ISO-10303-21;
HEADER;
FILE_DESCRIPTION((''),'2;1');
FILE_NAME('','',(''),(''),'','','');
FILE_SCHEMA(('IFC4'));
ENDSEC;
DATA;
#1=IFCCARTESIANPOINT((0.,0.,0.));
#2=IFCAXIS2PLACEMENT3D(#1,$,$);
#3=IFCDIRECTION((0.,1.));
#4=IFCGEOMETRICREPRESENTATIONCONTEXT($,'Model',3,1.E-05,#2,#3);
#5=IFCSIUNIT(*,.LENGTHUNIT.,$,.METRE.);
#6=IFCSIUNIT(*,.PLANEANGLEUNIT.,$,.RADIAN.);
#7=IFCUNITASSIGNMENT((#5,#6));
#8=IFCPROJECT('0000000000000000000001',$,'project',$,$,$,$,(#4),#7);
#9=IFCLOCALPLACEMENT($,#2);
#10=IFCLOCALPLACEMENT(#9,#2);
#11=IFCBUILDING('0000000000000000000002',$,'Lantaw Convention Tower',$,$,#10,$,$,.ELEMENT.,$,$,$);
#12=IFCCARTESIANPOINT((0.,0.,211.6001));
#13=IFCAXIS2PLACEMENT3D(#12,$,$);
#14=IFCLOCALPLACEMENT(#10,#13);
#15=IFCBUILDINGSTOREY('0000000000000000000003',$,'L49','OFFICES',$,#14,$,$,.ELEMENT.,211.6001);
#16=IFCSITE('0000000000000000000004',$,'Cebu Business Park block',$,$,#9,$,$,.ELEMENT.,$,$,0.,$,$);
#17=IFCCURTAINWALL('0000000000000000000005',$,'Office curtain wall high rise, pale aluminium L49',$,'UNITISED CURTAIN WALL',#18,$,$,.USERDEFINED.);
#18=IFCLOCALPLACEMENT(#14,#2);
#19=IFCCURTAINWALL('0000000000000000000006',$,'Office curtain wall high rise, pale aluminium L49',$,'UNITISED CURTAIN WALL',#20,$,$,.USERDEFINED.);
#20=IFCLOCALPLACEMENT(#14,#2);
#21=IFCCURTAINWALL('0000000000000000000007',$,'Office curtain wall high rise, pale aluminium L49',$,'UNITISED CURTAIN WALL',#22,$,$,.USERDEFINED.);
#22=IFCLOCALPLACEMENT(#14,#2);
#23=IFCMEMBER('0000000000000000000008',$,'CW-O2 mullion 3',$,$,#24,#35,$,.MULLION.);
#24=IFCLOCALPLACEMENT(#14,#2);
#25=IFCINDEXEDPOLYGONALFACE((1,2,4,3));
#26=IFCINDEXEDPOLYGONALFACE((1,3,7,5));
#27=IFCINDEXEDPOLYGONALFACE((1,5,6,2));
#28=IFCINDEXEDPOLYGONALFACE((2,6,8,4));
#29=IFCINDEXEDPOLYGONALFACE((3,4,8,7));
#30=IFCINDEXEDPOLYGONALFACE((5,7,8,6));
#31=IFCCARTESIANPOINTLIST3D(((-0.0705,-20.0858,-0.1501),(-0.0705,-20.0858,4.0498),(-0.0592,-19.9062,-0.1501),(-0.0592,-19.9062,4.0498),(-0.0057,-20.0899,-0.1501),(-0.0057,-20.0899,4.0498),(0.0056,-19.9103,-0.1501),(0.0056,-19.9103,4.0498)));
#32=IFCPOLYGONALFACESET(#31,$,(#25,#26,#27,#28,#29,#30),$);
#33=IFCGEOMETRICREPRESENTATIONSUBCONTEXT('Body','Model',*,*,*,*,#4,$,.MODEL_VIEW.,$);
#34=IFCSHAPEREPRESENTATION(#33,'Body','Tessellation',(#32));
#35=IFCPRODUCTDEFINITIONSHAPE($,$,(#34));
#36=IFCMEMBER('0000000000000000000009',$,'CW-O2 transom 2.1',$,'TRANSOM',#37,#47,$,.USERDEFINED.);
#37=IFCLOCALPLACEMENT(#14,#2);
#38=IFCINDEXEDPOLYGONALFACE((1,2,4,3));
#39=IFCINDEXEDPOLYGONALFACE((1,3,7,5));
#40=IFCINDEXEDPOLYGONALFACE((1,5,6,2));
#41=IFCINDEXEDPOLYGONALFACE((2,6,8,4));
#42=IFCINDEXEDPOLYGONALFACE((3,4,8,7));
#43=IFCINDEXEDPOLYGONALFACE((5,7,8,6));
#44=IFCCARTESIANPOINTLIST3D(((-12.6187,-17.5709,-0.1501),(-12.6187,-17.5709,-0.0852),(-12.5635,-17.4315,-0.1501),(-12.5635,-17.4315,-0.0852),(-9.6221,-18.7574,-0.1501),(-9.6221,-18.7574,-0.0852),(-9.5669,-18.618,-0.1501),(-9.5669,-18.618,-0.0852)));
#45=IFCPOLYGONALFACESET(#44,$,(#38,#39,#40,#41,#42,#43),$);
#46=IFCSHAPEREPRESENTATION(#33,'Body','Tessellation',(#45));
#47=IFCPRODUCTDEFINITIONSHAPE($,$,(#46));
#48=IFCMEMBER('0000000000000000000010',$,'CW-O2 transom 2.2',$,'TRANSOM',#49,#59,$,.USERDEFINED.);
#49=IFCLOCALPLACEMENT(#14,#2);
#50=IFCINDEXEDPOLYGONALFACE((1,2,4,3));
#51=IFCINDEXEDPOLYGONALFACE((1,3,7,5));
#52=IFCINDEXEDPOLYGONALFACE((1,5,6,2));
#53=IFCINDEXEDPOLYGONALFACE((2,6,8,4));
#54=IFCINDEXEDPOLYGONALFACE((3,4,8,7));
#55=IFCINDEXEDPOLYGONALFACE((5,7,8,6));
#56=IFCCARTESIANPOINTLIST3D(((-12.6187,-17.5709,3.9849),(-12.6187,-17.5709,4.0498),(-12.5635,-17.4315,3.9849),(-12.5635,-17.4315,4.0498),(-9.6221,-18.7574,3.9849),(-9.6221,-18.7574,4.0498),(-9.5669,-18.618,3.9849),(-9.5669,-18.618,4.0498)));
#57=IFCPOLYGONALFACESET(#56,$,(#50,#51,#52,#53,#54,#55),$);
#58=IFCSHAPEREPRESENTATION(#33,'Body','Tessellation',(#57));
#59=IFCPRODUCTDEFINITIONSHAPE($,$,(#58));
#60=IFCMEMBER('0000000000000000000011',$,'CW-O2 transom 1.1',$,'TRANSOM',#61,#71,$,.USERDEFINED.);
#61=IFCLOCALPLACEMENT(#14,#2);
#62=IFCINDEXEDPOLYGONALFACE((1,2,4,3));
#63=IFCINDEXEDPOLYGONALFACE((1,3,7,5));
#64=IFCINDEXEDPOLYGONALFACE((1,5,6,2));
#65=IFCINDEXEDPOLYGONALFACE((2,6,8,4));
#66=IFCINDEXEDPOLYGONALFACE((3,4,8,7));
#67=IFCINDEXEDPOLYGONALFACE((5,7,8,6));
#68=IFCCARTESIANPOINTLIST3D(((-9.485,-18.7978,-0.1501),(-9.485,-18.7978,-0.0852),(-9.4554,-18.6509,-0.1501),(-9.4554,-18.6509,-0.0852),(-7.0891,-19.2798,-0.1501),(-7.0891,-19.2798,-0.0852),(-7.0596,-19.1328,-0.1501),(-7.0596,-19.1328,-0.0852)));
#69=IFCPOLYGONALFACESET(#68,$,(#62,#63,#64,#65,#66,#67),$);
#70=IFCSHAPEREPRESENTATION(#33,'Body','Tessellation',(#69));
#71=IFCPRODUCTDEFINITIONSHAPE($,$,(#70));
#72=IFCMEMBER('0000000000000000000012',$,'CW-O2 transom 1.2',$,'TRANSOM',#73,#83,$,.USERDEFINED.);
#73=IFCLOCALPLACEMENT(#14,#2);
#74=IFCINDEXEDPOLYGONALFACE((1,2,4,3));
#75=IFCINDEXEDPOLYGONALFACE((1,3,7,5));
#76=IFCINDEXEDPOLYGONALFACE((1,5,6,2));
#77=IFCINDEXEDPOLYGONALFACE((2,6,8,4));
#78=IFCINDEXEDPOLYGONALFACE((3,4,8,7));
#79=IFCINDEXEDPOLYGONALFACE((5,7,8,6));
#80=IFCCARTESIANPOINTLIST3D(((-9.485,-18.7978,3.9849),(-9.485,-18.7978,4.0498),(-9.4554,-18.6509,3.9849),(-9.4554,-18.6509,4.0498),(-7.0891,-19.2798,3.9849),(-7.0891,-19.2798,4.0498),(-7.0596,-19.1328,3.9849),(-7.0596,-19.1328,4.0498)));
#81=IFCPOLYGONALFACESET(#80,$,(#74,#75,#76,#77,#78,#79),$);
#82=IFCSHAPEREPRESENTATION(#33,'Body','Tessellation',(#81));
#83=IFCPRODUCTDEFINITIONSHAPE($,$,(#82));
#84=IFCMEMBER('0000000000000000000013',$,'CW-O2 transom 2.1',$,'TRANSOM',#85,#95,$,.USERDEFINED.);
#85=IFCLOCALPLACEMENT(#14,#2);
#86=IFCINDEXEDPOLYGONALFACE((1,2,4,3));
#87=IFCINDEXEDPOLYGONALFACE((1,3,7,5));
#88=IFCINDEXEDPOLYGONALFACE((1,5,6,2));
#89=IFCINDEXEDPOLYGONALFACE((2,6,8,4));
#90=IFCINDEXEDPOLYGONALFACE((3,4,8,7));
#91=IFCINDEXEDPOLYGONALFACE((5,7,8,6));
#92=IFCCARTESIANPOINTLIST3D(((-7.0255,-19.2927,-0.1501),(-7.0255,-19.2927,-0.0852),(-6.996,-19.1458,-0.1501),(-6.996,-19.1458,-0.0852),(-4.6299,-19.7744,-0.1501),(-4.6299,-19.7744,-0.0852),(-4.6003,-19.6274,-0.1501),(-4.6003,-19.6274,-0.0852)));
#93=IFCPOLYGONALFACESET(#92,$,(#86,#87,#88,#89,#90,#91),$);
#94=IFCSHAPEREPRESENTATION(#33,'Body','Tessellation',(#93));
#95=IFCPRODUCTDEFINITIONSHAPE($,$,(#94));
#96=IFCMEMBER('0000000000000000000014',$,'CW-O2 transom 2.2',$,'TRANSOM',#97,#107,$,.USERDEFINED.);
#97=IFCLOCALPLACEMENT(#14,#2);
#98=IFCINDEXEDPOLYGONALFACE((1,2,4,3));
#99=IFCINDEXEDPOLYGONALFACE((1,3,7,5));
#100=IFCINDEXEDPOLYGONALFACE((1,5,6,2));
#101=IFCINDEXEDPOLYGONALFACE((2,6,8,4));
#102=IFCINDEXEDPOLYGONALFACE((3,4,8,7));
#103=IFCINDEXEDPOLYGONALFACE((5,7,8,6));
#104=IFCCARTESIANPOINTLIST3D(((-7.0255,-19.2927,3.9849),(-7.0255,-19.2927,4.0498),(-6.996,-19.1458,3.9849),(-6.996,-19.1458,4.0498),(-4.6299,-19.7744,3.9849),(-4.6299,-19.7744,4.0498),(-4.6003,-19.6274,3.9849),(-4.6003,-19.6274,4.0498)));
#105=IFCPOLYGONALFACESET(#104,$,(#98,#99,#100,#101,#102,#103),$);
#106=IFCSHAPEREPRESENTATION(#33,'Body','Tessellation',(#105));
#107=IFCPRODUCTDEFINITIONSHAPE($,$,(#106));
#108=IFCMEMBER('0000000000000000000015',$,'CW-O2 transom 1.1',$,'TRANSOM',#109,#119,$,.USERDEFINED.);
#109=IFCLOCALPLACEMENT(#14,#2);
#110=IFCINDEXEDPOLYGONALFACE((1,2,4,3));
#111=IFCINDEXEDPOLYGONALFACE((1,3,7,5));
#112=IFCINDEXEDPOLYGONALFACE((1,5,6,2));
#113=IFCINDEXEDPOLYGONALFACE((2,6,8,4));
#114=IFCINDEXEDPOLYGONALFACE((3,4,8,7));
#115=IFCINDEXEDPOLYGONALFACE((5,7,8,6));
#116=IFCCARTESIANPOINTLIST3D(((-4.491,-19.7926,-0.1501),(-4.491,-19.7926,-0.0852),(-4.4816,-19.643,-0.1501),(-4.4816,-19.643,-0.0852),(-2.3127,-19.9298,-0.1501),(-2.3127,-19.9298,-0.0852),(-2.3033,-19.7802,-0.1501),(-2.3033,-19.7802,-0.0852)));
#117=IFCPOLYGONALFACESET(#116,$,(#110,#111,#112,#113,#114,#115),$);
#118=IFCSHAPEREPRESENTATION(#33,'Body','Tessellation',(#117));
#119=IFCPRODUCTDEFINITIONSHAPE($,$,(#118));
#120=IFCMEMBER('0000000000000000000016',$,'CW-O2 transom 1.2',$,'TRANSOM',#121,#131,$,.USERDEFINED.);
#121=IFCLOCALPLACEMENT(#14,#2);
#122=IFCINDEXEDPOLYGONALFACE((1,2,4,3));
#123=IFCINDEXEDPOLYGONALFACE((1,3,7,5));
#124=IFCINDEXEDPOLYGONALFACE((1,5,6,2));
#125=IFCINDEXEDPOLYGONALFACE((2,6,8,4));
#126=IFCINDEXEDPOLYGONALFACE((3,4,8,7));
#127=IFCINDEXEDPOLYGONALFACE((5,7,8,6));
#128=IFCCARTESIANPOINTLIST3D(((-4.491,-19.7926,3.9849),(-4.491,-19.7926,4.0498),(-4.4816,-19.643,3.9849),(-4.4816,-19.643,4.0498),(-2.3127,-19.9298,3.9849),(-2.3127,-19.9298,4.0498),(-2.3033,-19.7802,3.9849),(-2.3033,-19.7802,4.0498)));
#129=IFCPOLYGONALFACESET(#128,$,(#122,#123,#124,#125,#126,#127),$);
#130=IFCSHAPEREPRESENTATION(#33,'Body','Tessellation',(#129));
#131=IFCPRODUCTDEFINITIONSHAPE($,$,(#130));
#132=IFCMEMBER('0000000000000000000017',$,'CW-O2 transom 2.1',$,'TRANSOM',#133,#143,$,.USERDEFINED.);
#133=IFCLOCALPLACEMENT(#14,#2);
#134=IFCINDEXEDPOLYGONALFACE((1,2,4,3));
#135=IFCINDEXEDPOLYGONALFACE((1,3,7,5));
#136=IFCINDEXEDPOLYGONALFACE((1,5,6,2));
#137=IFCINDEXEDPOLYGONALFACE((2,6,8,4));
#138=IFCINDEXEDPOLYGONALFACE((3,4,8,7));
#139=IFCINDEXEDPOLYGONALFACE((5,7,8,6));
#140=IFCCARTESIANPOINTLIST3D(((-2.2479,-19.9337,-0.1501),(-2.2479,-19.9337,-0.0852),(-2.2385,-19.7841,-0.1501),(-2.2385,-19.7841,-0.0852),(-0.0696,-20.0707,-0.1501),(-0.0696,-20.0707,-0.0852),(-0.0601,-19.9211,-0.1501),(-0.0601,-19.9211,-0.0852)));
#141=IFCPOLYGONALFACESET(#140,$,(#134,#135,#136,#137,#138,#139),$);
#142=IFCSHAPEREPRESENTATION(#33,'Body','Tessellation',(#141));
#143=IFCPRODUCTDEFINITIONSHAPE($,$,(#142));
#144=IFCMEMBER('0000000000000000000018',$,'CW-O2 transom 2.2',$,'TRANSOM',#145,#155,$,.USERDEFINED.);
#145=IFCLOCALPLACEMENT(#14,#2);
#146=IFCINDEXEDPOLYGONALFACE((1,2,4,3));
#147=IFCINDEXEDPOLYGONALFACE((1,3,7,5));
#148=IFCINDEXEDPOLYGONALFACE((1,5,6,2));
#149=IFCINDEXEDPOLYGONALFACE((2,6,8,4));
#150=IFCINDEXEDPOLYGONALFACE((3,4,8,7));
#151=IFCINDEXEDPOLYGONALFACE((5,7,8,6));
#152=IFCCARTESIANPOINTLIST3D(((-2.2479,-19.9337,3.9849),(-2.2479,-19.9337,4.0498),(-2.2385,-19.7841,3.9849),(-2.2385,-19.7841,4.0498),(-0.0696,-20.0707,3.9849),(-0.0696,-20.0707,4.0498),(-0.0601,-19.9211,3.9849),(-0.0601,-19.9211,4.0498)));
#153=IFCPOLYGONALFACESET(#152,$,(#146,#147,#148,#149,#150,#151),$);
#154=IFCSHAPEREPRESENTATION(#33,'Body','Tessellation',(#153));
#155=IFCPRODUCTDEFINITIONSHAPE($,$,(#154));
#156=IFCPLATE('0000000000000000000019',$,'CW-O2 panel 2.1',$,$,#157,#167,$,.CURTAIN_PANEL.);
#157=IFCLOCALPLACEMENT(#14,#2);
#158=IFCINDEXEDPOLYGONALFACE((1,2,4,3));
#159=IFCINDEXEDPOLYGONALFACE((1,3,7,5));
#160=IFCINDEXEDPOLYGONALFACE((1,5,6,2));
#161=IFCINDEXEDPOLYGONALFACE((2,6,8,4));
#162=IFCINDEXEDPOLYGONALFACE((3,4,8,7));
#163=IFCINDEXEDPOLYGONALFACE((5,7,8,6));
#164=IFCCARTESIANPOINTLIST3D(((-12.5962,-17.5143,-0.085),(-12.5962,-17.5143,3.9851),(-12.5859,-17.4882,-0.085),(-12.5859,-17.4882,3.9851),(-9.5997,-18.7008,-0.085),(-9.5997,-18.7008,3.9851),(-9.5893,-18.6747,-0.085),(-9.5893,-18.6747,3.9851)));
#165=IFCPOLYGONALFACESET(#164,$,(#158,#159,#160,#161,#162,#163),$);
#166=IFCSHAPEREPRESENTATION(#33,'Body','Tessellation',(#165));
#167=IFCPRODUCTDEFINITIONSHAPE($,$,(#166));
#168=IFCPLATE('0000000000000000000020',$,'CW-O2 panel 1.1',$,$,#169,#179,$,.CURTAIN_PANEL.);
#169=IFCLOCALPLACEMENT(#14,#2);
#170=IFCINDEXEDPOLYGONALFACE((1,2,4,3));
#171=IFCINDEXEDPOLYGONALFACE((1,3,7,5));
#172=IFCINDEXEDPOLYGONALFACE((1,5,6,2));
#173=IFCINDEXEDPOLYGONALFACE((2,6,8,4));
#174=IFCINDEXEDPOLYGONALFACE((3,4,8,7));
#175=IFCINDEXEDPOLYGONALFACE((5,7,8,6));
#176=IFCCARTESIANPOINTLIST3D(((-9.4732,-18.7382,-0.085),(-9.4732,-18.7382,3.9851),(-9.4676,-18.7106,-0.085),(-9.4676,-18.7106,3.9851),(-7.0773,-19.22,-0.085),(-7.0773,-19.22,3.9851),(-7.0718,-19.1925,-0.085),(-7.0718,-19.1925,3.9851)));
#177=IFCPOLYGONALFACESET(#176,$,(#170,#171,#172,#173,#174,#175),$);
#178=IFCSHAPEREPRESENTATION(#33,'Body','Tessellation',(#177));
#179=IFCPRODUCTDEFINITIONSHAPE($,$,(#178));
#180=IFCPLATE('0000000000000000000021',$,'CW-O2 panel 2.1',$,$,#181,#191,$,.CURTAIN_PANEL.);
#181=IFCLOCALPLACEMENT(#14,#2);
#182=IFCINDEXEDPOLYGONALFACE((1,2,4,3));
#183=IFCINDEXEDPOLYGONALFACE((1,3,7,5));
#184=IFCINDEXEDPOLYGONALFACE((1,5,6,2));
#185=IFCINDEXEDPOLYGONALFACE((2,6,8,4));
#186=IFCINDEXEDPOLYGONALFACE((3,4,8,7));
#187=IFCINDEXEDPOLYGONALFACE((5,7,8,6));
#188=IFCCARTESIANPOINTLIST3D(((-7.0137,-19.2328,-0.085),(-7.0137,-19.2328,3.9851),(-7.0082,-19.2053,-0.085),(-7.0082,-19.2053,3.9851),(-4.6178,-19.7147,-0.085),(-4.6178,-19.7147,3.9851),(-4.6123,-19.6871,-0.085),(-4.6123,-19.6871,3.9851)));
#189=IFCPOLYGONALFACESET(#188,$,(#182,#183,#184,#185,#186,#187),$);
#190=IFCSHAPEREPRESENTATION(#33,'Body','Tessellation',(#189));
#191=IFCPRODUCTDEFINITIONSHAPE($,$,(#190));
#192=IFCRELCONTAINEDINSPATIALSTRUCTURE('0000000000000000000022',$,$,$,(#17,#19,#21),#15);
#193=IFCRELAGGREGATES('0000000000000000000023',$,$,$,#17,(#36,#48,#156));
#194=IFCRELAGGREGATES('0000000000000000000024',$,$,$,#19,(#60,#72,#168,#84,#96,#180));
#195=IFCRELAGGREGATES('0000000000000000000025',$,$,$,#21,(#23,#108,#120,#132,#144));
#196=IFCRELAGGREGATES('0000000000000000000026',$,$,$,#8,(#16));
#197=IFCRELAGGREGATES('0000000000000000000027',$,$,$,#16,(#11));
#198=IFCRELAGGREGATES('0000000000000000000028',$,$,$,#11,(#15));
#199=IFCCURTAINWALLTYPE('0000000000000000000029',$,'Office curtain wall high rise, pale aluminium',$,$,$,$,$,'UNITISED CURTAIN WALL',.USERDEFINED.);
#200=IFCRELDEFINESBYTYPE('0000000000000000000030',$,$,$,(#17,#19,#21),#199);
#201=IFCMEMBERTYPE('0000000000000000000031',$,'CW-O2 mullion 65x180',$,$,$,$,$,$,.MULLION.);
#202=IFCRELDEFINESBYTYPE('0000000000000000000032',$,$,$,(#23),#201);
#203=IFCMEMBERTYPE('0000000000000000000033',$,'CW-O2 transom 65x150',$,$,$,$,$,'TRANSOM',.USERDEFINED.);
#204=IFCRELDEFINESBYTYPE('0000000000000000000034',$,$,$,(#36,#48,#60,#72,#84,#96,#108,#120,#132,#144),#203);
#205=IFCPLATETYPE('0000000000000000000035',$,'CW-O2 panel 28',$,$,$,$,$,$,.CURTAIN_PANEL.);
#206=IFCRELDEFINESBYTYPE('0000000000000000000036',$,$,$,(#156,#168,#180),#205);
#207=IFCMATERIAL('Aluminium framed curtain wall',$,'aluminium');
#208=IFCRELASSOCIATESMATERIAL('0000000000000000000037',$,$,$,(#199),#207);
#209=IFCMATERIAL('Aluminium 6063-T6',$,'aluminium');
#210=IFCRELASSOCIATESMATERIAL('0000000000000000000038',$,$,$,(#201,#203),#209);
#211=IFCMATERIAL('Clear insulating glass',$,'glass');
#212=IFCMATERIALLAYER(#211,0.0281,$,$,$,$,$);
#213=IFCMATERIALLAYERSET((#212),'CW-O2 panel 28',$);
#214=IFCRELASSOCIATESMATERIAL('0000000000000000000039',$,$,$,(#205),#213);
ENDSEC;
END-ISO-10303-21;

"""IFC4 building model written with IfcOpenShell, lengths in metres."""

from ifc_helpers import new_model, si_unit, direction, frame, origin, origin_2d, place, context, subcontext, project, spatial, rectangle, extrude, material, layer, layer_set, material_profile, profile_set, type_object, element, aggregate, save


model = new_model("IFC4")

# Units and contexts
model_context = context("Model", 3, precision=1e-05, world=origin(), true_north=direction((0.0, 1.0)))
body_context = subcontext(model_context, "Body", "Model", "MODEL_VIEW")
ifc_project = project(units=[si_unit("LENGTHUNIT", "METRE"), si_unit("PLANEANGLEUNIT", "RADIAN")], contexts=[model_context])

# Site, building, storey
site_placement = place(None, origin())
site = spatial("IfcSite", under=ifc_project, at=site_placement, Name="Cebu Business Park block", CompositionType="ELEMENT", RefElevation=0.0)
building_placement = place(site_placement, origin())
building = spatial("IfcBuilding", under=site, at=building_placement, Name="Lantaw Convention Tower", CompositionType="ELEMENT")
storey_placement = place(building_placement, frame((0.0, 0.0, 211.6001)))
storey = spatial("IfcBuildingStorey", under=building, at=storey_placement, Name="L49", Description="OFFICES", CompositionType="ELEMENT", Elevation=211.6001)

# Curtain walls, member
ifc_material_1 = material(Name="Aluminium framed curtain wall", Category="aluminium")
curtain_wall_type = type_object("IfcCurtainWallType", Name="Office curtain wall high rise, pale aluminium", ElementType="UNITISED CURTAIN WALL", PredefinedType="USERDEFINED", material=ifc_material_1)
curtain_wall_1_placement = place(storey_placement, origin())
curtain_wall_1 = element("IfcCurtainWall", 1, at=curtain_wall_1_placement, inside=storey, type_object=curtain_wall_type, Name="Office curtain wall high rise, pale aluminium L49", ObjectType="UNITISED CURTAIN WALL", PredefinedType="USERDEFINED")
ifc_material_2 = material(Name="Aluminium 6063-T6", Category="aluminium")
ifc_material_profile_1 = material_profile(ifc_material_2, rectangle(XDim=0.1799, YDim=0.0649, at=origin_2d()), Name="CW-O2 mullion 65x180")
ifc_profile_set_1 = profile_set([ifc_material_profile_1], Name="Aluminium 6063-T6")
member_type_1 = type_object("IfcMemberType", Name="CW-O2 mullion 65x180", PredefinedType="MULLION", material=ifc_profile_set_1)
curtain_wall_2_placement = place(storey_placement, origin())
curtain_wall_2 = element("IfcCurtainWall", 2, at=curtain_wall_2_placement, inside=storey, type_object=curtain_wall_type, Name="Office curtain wall high rise, pale aluminium L49", ObjectType="UNITISED CURTAIN WALL", PredefinedType="USERDEFINED")
curtain_wall_3_placement = place(storey_placement, origin())
curtain_wall_3 = element("IfcCurtainWall", 3, at=curtain_wall_3_placement, inside=storey, type_object=curtain_wall_type, Name="Office curtain wall high rise, pale aluminium L49", ObjectType="UNITISED CURTAIN WALL", PredefinedType="USERDEFINED")
member_1_placement = place(storey_placement, frame((-0.0325, -19.998, -0.1501), z_axis=(0.0, 0.0, 1.0), x_axis=(0.062758, 0.998029, 0.0)))
member_1 = element("IfcMember", 4, at=member_1_placement, type_object=member_type_1, Name="CW-O2 mullion 3", PredefinedType="MULLION", context=body_context, shape_type="SweptSolid", body=[
    extrude(rectangle(XDim=0.1799, YDim=0.0649, at=origin_2d()), origin(), (0.0, 0.0, 1.0), 4.2),
])

# Members
ifc_material_profile_2 = material_profile(ifc_material_2, rectangle(XDim=0.1499, YDim=0.0649, at=origin_2d()), Name="CW-O2 transom 65x150")
ifc_profile_set_2 = profile_set([ifc_material_profile_2], Name="Aluminium 6063-T6")
member_type_2 = type_object("IfcMemberType", Name="CW-O2 transom 65x150", ElementType="TRANSOM", PredefinedType="USERDEFINED", material=ifc_profile_set_2)
member_2_placement = place(storey_placement, frame((-12.5911, -17.5012, -0.1177), z_axis=(0.929767, -0.368149, 0.0), x_axis=(0.368149, 0.929767, 0.0)))
member_2 = element("IfcMember", 5, at=member_2_placement, type_object=member_type_2, Name="CW-O2 transom 2.1", ObjectType="TRANSOM", PredefinedType="USERDEFINED", context=body_context, shape_type="SweptSolid", body=[
    extrude(rectangle(XDim=0.1499, YDim=0.0649, at=origin_2d()), origin(), (0.0, 0.0, 1.0), 3.2229),
])
member_3_placement = place(storey_placement, frame((-12.5911, -17.5012, 4.0173), z_axis=(0.929767, -0.368149, 0.0), x_axis=(0.368149, 0.929767, 0.0)))
member_3 = element("IfcMember", 6, at=member_3_placement, type_object=member_type_2, Name="CW-O2 transom 2.2", ObjectType="TRANSOM", PredefinedType="USERDEFINED", context=body_context, shape_type="SweptSolid", body=[
    extrude(rectangle(XDim=0.1499, YDim=0.0649, at=origin_2d()), origin(), (0.0, 0.0, 1.0), 3.2229),
])
member_4_placement = place(storey_placement, frame((-9.4702, -18.7244, -0.1177), z_axis=(0.980361, -0.197211, 0.0), x_axis=(0.197211, 0.980361, 0.0)))
member_4 = element("IfcMember", 7, at=member_4_placement, type_object=member_type_2, Name="CW-O2 transom 1.1", ObjectType="TRANSOM", PredefinedType="USERDEFINED", context=body_context, shape_type="SweptSolid", body=[
    extrude(rectangle(XDim=0.1499, YDim=0.0649, at=origin_2d()), origin(), (0.0, 0.0, 1.0), 2.4438),
])
member_5_placement = place(storey_placement, frame((-9.4702, -18.7244, 4.0173), z_axis=(0.980361, -0.197211, 0.0), x_axis=(0.197211, 0.980361, 0.0)))
member_5 = element("IfcMember", 8, at=member_5_placement, type_object=member_type_2, Name="CW-O2 transom 1.2", ObjectType="TRANSOM", PredefinedType="USERDEFINED", context=body_context, shape_type="SweptSolid", body=[
    extrude(rectangle(XDim=0.1499, YDim=0.0649, at=origin_2d()), origin(), (0.0, 0.0, 1.0), 2.4438),
])
member_6_placement = place(storey_placement, frame((-7.0107, -19.2192, -0.1177), z_axis=(0.98038, -0.197115, 0.0), x_axis=(0.197115, 0.98038, 0.0)))
member_6 = element("IfcMember", 9, at=member_6_placement, type_object=member_type_2, Name="CW-O2 transom 2.1", ObjectType="TRANSOM", PredefinedType="USERDEFINED", context=body_context, shape_type="SweptSolid", body=[
    extrude(rectangle(XDim=0.1499, YDim=0.0649, at=origin_2d()), origin(), (0.0, 0.0, 1.0), 2.4436),
])
member_7_placement = place(storey_placement, frame((-7.0107, -19.2192, 4.0173), z_axis=(0.98038, -0.197115, 0.0), x_axis=(0.197115, 0.98038, 0.0)))
member_7 = element("IfcMember", 10, at=member_7_placement, type_object=member_type_2, Name="CW-O2 transom 2.2", ObjectType="TRANSOM", PredefinedType="USERDEFINED", context=body_context, shape_type="SweptSolid", body=[
    extrude(rectangle(XDim=0.1499, YDim=0.0649, at=origin_2d()), origin(), (0.0, 0.0, 1.0), 2.4436),
])
member_8_placement = place(storey_placement, frame((-4.4863, -19.7178, -0.1177), z_axis=(0.998022, -0.062866, 0.0), x_axis=(0.062866, 0.998022, 0.0)))
member_8 = element("IfcMember", 11, at=member_8_placement, type_object=member_type_2, Name="CW-O2 transom 1.1", ObjectType="TRANSOM", PredefinedType="USERDEFINED", context=body_context, shape_type="SweptSolid", body=[
    extrude(rectangle(XDim=0.1499, YDim=0.0649, at=origin_2d()), origin(), (0.0, 0.0, 1.0), 2.1826),
])
member_9_placement = place(storey_placement, frame((-4.4863, -19.7178, 4.0173), z_axis=(0.998022, -0.062866, 0.0), x_axis=(0.062866, 0.998022, 0.0)))
member_9 = element("IfcMember", 12, at=member_9_placement, type_object=member_type_2, Name="CW-O2 transom 1.2", ObjectType="TRANSOM", PredefinedType="USERDEFINED", context=body_context, shape_type="SweptSolid", body=[
    extrude(rectangle(XDim=0.1499, YDim=0.0649, at=origin_2d()), origin(), (0.0, 0.0, 1.0), 2.1826),
])
member_10_placement = place(storey_placement, frame((-2.2432, -19.8589, -0.1177), z_axis=(0.998029, -0.062754, 0.0), x_axis=(0.062754, 0.998029, 0.0)))
member_10 = element("IfcMember", 13, at=member_10_placement, type_object=member_type_2, Name="CW-O2 transom 2.1", ObjectType="TRANSOM", PredefinedType="USERDEFINED", context=body_context, shape_type="SweptSolid", body=[
    extrude(rectangle(XDim=0.1499, YDim=0.0649, at=origin_2d()), origin(), (0.0, 0.0, 1.0), 2.1826),
])
member_11_placement = place(storey_placement, frame((-2.2432, -19.8589, 4.0173), z_axis=(0.998029, -0.062754, 0.0), x_axis=(0.062754, 0.998029, 0.0)))
member_11 = element("IfcMember", 14, at=member_11_placement, type_object=member_type_2, Name="CW-O2 transom 2.2", ObjectType="TRANSOM", PredefinedType="USERDEFINED", context=body_context, shape_type="SweptSolid", body=[
    extrude(rectangle(XDim=0.1499, YDim=0.0649, at=origin_2d()), origin(), (0.0, 0.0, 1.0), 2.1826),
])

# Plates
ifc_material_3 = material(Name="Clear insulating glass", Category="glass")
ifc_layer_1 = layer(ifc_material_3, 0.0281)
ifc_layer_set_1 = layer_set([ifc_layer_1], Name="CW-O2 panel 28")
plate_type_1 = type_object("IfcPlateType", Name="CW-O2 panel 28", PredefinedType="CURTAIN_PANEL", material=ifc_layer_set_1)
plate_1_placement = place(storey_placement, frame((-11.0928, -18.0945, -0.085), z_axis=(0.0, 0.0, 1.0), x_axis=(0.929762, -0.368162, 0.0)))
plate_1 = element("IfcPlate", 15, at=plate_1_placement, type_object=plate_type_1, Name="CW-O2 panel 2.1", PredefinedType="CURTAIN_PANEL", context=body_context, shape_type="SweptSolid", body=[
    extrude(rectangle(XDim=3.2229, YDim=0.0281, at=origin_2d()), origin(), (0.0, 0.0, 1.0), 4.0701),
])
aggregate(curtain_wall_1, [member_2, member_3, plate_1])
plate_2_placement = place(storey_placement, frame((-8.2725, -18.9653, -0.085), z_axis=(0.0, 0.0, 1.0), x_axis=(0.980367, -0.197183, 0.0)))
plate_2 = element("IfcPlate", 16, at=plate_2_placement, type_object=plate_type_1, Name="CW-O2 panel 1.1", PredefinedType="CURTAIN_PANEL", context=body_context, shape_type="SweptSolid", body=[
    extrude(rectangle(XDim=2.4438, YDim=0.0281, at=origin_2d()), origin(), (0.0, 0.0, 1.0), 4.0701),
])
plate_3_placement = place(storey_placement, frame((-5.813, -19.46, -0.085), z_axis=(0.0, 0.0, 1.0), x_axis=(0.980367, -0.197183, 0.0)))
plate_3 = element("IfcPlate", 17, at=plate_3_placement, type_object=plate_type_1, Name="CW-O2 panel 2.1", PredefinedType="CURTAIN_PANEL", context=body_context, shape_type="SweptSolid", body=[
    extrude(rectangle(XDim=2.4438, YDim=0.0281, at=origin_2d()), origin(), (0.0, 0.0, 1.0), 4.0701),
])
aggregate(curtain_wall_2, [member_4, member_5, plate_2, member_6, member_7, plate_3])
aggregate(curtain_wall_3, [member_1, member_8, member_9, member_10, member_11])

save(model, "model.ifc")
